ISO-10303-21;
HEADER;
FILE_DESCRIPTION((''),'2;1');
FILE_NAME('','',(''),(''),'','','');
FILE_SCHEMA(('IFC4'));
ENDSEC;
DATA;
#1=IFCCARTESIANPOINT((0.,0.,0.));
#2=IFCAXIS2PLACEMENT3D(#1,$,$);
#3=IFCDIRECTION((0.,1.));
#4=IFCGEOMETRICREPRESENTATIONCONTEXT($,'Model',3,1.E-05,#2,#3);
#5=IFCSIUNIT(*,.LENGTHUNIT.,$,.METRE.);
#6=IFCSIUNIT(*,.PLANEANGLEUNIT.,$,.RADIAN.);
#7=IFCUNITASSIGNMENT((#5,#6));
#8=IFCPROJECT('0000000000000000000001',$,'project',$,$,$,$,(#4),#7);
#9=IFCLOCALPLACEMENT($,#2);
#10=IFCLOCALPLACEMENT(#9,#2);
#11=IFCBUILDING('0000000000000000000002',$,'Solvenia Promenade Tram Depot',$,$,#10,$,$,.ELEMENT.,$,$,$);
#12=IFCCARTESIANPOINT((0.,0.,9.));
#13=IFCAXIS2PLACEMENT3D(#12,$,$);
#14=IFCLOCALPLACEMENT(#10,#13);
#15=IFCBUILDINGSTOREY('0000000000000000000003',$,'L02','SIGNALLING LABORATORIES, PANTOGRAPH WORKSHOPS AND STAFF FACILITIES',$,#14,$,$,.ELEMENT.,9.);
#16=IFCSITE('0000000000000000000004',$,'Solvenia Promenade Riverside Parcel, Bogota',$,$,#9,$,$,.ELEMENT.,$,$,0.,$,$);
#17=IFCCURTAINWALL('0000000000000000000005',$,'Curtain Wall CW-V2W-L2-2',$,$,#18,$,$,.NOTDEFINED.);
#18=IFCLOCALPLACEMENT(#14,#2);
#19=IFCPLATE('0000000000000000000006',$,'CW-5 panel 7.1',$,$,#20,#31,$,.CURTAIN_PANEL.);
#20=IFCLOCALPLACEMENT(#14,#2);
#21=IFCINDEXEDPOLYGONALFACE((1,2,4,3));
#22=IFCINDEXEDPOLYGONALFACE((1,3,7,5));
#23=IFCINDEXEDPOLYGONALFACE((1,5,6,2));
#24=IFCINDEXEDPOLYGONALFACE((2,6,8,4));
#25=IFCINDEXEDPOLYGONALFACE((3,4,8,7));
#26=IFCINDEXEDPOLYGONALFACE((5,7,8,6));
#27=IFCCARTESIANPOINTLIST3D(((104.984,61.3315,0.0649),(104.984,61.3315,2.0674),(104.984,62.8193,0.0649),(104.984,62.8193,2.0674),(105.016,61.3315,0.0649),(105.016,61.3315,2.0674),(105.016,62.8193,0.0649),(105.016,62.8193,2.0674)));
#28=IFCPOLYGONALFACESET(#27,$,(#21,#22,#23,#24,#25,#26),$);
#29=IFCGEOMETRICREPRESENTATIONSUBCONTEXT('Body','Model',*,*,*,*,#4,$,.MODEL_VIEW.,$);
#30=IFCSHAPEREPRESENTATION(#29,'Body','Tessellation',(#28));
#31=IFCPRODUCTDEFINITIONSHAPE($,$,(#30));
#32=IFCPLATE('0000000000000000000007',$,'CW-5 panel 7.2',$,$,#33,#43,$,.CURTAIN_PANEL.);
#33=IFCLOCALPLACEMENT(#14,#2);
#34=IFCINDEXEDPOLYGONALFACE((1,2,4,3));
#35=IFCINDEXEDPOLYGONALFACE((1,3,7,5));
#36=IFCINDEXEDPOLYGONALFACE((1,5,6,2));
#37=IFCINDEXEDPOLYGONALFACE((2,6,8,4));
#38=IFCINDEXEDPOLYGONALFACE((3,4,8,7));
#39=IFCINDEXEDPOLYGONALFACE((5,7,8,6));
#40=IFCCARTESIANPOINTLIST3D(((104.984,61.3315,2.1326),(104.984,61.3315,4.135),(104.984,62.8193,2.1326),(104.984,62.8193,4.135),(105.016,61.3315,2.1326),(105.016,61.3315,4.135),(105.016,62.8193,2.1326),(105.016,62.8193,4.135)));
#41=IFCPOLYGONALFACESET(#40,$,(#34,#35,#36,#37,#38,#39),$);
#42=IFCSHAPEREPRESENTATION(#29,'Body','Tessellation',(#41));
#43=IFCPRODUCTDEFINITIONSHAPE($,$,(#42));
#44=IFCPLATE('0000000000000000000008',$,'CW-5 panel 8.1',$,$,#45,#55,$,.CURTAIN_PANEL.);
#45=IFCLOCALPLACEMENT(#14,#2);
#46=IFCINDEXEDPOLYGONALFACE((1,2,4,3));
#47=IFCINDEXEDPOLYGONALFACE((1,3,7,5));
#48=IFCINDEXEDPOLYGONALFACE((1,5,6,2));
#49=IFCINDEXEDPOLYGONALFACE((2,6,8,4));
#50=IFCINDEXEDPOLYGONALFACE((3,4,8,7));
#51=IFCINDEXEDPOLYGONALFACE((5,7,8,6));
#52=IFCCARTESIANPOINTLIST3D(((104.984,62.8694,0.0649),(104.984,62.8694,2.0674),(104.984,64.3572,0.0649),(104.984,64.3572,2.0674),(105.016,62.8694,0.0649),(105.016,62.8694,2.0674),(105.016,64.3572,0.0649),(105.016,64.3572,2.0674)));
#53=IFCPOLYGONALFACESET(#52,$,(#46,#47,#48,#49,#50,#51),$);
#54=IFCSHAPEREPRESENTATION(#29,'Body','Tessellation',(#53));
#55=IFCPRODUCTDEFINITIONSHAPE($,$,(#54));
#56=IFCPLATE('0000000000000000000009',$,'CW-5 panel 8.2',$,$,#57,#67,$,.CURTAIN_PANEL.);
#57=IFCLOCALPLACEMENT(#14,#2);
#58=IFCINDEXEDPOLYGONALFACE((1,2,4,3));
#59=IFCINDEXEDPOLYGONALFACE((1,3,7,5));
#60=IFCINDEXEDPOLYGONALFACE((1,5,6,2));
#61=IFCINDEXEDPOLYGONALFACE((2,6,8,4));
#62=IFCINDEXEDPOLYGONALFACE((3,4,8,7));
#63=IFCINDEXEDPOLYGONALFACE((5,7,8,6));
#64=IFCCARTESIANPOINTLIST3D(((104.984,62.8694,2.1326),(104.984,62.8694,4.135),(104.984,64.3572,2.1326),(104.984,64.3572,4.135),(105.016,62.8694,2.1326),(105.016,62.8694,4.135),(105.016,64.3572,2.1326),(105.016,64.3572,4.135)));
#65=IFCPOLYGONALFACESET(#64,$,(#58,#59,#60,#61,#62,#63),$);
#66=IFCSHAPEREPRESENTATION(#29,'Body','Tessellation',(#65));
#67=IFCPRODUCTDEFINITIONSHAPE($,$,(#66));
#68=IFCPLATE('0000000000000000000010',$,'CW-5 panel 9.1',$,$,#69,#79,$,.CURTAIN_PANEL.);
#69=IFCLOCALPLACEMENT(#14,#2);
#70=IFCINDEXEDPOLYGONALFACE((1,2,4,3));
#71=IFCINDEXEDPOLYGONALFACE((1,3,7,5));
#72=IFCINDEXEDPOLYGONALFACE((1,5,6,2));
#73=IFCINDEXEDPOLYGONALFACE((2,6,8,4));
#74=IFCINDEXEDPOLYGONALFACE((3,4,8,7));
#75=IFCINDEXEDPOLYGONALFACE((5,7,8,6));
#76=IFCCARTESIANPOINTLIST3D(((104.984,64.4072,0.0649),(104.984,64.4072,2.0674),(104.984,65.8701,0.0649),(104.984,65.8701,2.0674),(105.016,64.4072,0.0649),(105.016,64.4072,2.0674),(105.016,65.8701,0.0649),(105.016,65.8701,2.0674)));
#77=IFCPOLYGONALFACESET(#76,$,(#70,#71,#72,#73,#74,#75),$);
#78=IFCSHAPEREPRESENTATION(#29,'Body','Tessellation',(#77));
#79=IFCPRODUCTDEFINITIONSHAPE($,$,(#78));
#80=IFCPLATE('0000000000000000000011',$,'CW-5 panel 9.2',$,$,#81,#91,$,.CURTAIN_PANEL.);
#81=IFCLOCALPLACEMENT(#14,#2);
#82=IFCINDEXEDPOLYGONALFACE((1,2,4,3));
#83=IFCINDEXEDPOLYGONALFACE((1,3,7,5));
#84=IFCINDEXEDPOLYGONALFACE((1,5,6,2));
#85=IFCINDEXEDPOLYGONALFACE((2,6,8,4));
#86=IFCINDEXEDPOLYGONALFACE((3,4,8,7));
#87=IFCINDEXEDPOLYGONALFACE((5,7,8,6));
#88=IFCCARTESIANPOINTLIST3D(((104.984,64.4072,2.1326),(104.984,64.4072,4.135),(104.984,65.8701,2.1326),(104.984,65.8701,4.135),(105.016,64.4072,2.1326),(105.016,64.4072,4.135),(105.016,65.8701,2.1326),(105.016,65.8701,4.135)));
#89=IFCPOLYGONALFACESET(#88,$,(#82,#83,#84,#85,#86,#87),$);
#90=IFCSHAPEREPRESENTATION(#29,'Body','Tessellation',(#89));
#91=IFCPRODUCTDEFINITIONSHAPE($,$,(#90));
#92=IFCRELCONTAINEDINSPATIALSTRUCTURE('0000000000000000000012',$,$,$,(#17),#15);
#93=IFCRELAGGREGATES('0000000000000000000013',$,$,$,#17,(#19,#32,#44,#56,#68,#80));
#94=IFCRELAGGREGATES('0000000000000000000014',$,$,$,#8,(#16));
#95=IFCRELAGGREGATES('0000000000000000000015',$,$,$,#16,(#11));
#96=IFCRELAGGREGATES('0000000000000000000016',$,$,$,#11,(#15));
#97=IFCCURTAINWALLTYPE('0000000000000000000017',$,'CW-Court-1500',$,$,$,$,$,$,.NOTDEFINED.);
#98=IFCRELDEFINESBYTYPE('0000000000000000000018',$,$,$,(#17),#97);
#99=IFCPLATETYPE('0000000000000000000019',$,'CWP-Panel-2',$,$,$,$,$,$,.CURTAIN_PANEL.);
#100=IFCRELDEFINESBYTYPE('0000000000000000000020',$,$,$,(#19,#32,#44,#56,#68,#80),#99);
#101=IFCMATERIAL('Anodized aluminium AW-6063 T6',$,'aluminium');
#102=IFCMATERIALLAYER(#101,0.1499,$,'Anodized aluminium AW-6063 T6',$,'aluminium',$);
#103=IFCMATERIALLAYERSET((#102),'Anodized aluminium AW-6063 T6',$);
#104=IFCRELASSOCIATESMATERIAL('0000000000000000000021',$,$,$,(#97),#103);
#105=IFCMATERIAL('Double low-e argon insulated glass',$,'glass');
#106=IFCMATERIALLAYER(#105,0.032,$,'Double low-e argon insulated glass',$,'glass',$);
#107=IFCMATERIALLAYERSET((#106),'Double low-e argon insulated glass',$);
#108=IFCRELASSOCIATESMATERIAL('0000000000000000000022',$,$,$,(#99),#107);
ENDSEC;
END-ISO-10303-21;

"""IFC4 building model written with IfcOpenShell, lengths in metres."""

from ifc_helpers import new_model, si_unit, direction, frame, origin, origin_2d, place, context, subcontext, project, spatial, rectangle, extrude, material, layer, layer_set, type_object, element, aggregate, save


model = new_model("IFC4")

# Units and contexts
model_context = context("Model", 3, precision=1e-05, world=origin(), true_north=direction((0.0, 1.0)))
body_context = subcontext(model_context, "Body", "Model", "MODEL_VIEW")
ifc_project = project(units=[si_unit("LENGTHUNIT", "METRE"), si_unit("PLANEANGLEUNIT", "RADIAN")], contexts=[model_context])

# Site, building, storey
site_placement = place(None, origin())
site = spatial("IfcSite", under=ifc_project, at=site_placement, Name="Solvenia Promenade Riverside Parcel, Bogota", CompositionType="ELEMENT", RefElevation=0.0)
building_placement = place(site_placement, origin())
building = spatial("IfcBuilding", under=site, at=building_placement, Name="Solvenia Promenade Tram Depot", CompositionType="ELEMENT")
storey_placement = place(building_placement, frame((0.0, 0.0, 9.0)))
storey = spatial("IfcBuildingStorey", under=building, at=storey_placement, Name="L02", Description="SIGNALLING LABORATORIES, PANTOGRAPH WORKSHOPS AND STAFF FACILITIES", CompositionType="ELEMENT", Elevation=9.0)

# Curtain wall
ifc_material_1 = material(Name="Anodized aluminium AW-6063 T6", Category="aluminium")
ifc_layer_1 = layer(ifc_material_1, 0.1499, Name="Anodized aluminium AW-6063 T6", Category="aluminium")
ifc_layer_set_1 = layer_set([ifc_layer_1], Name="Anodized aluminium AW-6063 T6")
curtain_wall_type = type_object("IfcCurtainWallType", Name="CW-Court-1500", PredefinedType="NOTDEFINED", material=ifc_layer_set_1)
curtain_wall_placement = place(storey_placement, origin())
curtain_wall = element("IfcCurtainWall", 1, at=curtain_wall_placement, inside=storey, type_object=curtain_wall_type, Name="Curtain Wall CW-V2W-L2-2", PredefinedType="NOTDEFINED")

# Plates
ifc_material_2 = material(Name="Double low-e argon insulated glass", Category="glass")
ifc_layer_2 = layer(ifc_material_2, 0.032, Name="Double low-e argon insulated glass", Category="glass")
ifc_layer_set_2 = layer_set([ifc_layer_2], Name="Double low-e argon insulated glass")
plate_type = type_object("IfcPlateType", Name="CWP-Panel-2", PredefinedType="CURTAIN_PANEL", material=ifc_layer_set_2)
plate_1_placement = place(storey_placement, frame((105.0, 62.0754, 0.0649), z_axis=(0.0, 0.0, 1.0), x_axis=(0.0, 1.0, 0.0)))
plate_1 = element("IfcPlate", 2, at=plate_1_placement, type_object=plate_type, Name="CW-5 panel 7.1", PredefinedType="CURTAIN_PANEL", context=body_context, shape_type="SweptSolid", body=[
    extrude(rectangle(XDim=1.4878, YDim=0.032, at=origin_2d()), origin(), (0.0, 0.0, 1.0), 2.0024),
])
plate_2_placement = place(storey_placement, frame((105.0, 62.0754, 2.1326), z_axis=(0.0, 0.0, 1.0), x_axis=(0.0, 1.0, 0.0)))
plate_2 = element("IfcPlate", 3, at=plate_2_placement, type_object=plate_type, Name="CW-5 panel 7.2", PredefinedType="CURTAIN_PANEL", context=body_context, shape_type="SweptSolid", body=[
    extrude(rectangle(XDim=1.4878, YDim=0.032, at=origin_2d()), origin(), (0.0, 0.0, 1.0), 2.0024),
])
plate_3_placement = place(storey_placement, frame((105.0, 63.6133, 0.0649), z_axis=(0.0, 0.0, 1.0), x_axis=(0.0, 1.0, 0.0)))
plate_3 = element("IfcPlate", 4, at=plate_3_placement, type_object=plate_type, Name="CW-5 panel 8.1", PredefinedType="CURTAIN_PANEL", context=body_context, shape_type="SweptSolid", body=[
    extrude(rectangle(XDim=1.4878, YDim=0.032, at=origin_2d()), origin(), (0.0, 0.0, 1.0), 2.0024),
])
plate_4_placement = place(storey_placement, frame((105.0, 63.6133, 2.1326), z_axis=(0.0, 0.0, 1.0), x_axis=(0.0, 1.0, 0.0)))
plate_4 = element("IfcPlate", 5, at=plate_4_placement, type_object=plate_type, Name="CW-5 panel 8.2", PredefinedType="CURTAIN_PANEL", context=body_context, shape_type="SweptSolid", body=[
    extrude(rectangle(XDim=1.4878, YDim=0.032, at=origin_2d()), origin(), (0.0, 0.0, 1.0), 2.0024),
])
plate_5_placement = place(storey_placement, frame((105.0, 65.1387, 0.0649), z_axis=(0.0, 0.0, 1.0), x_axis=(0.0, 1.0, 0.0)))
plate_5 = element("IfcPlate", 6, at=plate_5_placement, type_object=plate_type, Name="CW-5 panel 9.1", PredefinedType="CURTAIN_PANEL", context=body_context, shape_type="SweptSolid", body=[
    extrude(rectangle(XDim=1.4629, YDim=0.032, at=origin_2d()), origin(), (0.0, 0.0, 1.0), 2.0024),
])
plate_6_placement = place(storey_placement, frame((105.0, 65.1387, 2.1326), z_axis=(0.0, 0.0, 1.0), x_axis=(0.0, 1.0, 0.0)))
plate_6 = element("IfcPlate", 7, at=plate_6_placement, type_object=plate_type, Name="CW-5 panel 9.2", PredefinedType="CURTAIN_PANEL", context=body_context, shape_type="SweptSolid", body=[
    extrude(rectangle(XDim=1.4629, YDim=0.032, at=origin_2d()), origin(), (0.0, 0.0, 1.0), 2.0024),
])
aggregate(curtain_wall, [plate_1, plate_2, plate_3, plate_4, plate_5, plate_6])

save(model, "model.ifc")
